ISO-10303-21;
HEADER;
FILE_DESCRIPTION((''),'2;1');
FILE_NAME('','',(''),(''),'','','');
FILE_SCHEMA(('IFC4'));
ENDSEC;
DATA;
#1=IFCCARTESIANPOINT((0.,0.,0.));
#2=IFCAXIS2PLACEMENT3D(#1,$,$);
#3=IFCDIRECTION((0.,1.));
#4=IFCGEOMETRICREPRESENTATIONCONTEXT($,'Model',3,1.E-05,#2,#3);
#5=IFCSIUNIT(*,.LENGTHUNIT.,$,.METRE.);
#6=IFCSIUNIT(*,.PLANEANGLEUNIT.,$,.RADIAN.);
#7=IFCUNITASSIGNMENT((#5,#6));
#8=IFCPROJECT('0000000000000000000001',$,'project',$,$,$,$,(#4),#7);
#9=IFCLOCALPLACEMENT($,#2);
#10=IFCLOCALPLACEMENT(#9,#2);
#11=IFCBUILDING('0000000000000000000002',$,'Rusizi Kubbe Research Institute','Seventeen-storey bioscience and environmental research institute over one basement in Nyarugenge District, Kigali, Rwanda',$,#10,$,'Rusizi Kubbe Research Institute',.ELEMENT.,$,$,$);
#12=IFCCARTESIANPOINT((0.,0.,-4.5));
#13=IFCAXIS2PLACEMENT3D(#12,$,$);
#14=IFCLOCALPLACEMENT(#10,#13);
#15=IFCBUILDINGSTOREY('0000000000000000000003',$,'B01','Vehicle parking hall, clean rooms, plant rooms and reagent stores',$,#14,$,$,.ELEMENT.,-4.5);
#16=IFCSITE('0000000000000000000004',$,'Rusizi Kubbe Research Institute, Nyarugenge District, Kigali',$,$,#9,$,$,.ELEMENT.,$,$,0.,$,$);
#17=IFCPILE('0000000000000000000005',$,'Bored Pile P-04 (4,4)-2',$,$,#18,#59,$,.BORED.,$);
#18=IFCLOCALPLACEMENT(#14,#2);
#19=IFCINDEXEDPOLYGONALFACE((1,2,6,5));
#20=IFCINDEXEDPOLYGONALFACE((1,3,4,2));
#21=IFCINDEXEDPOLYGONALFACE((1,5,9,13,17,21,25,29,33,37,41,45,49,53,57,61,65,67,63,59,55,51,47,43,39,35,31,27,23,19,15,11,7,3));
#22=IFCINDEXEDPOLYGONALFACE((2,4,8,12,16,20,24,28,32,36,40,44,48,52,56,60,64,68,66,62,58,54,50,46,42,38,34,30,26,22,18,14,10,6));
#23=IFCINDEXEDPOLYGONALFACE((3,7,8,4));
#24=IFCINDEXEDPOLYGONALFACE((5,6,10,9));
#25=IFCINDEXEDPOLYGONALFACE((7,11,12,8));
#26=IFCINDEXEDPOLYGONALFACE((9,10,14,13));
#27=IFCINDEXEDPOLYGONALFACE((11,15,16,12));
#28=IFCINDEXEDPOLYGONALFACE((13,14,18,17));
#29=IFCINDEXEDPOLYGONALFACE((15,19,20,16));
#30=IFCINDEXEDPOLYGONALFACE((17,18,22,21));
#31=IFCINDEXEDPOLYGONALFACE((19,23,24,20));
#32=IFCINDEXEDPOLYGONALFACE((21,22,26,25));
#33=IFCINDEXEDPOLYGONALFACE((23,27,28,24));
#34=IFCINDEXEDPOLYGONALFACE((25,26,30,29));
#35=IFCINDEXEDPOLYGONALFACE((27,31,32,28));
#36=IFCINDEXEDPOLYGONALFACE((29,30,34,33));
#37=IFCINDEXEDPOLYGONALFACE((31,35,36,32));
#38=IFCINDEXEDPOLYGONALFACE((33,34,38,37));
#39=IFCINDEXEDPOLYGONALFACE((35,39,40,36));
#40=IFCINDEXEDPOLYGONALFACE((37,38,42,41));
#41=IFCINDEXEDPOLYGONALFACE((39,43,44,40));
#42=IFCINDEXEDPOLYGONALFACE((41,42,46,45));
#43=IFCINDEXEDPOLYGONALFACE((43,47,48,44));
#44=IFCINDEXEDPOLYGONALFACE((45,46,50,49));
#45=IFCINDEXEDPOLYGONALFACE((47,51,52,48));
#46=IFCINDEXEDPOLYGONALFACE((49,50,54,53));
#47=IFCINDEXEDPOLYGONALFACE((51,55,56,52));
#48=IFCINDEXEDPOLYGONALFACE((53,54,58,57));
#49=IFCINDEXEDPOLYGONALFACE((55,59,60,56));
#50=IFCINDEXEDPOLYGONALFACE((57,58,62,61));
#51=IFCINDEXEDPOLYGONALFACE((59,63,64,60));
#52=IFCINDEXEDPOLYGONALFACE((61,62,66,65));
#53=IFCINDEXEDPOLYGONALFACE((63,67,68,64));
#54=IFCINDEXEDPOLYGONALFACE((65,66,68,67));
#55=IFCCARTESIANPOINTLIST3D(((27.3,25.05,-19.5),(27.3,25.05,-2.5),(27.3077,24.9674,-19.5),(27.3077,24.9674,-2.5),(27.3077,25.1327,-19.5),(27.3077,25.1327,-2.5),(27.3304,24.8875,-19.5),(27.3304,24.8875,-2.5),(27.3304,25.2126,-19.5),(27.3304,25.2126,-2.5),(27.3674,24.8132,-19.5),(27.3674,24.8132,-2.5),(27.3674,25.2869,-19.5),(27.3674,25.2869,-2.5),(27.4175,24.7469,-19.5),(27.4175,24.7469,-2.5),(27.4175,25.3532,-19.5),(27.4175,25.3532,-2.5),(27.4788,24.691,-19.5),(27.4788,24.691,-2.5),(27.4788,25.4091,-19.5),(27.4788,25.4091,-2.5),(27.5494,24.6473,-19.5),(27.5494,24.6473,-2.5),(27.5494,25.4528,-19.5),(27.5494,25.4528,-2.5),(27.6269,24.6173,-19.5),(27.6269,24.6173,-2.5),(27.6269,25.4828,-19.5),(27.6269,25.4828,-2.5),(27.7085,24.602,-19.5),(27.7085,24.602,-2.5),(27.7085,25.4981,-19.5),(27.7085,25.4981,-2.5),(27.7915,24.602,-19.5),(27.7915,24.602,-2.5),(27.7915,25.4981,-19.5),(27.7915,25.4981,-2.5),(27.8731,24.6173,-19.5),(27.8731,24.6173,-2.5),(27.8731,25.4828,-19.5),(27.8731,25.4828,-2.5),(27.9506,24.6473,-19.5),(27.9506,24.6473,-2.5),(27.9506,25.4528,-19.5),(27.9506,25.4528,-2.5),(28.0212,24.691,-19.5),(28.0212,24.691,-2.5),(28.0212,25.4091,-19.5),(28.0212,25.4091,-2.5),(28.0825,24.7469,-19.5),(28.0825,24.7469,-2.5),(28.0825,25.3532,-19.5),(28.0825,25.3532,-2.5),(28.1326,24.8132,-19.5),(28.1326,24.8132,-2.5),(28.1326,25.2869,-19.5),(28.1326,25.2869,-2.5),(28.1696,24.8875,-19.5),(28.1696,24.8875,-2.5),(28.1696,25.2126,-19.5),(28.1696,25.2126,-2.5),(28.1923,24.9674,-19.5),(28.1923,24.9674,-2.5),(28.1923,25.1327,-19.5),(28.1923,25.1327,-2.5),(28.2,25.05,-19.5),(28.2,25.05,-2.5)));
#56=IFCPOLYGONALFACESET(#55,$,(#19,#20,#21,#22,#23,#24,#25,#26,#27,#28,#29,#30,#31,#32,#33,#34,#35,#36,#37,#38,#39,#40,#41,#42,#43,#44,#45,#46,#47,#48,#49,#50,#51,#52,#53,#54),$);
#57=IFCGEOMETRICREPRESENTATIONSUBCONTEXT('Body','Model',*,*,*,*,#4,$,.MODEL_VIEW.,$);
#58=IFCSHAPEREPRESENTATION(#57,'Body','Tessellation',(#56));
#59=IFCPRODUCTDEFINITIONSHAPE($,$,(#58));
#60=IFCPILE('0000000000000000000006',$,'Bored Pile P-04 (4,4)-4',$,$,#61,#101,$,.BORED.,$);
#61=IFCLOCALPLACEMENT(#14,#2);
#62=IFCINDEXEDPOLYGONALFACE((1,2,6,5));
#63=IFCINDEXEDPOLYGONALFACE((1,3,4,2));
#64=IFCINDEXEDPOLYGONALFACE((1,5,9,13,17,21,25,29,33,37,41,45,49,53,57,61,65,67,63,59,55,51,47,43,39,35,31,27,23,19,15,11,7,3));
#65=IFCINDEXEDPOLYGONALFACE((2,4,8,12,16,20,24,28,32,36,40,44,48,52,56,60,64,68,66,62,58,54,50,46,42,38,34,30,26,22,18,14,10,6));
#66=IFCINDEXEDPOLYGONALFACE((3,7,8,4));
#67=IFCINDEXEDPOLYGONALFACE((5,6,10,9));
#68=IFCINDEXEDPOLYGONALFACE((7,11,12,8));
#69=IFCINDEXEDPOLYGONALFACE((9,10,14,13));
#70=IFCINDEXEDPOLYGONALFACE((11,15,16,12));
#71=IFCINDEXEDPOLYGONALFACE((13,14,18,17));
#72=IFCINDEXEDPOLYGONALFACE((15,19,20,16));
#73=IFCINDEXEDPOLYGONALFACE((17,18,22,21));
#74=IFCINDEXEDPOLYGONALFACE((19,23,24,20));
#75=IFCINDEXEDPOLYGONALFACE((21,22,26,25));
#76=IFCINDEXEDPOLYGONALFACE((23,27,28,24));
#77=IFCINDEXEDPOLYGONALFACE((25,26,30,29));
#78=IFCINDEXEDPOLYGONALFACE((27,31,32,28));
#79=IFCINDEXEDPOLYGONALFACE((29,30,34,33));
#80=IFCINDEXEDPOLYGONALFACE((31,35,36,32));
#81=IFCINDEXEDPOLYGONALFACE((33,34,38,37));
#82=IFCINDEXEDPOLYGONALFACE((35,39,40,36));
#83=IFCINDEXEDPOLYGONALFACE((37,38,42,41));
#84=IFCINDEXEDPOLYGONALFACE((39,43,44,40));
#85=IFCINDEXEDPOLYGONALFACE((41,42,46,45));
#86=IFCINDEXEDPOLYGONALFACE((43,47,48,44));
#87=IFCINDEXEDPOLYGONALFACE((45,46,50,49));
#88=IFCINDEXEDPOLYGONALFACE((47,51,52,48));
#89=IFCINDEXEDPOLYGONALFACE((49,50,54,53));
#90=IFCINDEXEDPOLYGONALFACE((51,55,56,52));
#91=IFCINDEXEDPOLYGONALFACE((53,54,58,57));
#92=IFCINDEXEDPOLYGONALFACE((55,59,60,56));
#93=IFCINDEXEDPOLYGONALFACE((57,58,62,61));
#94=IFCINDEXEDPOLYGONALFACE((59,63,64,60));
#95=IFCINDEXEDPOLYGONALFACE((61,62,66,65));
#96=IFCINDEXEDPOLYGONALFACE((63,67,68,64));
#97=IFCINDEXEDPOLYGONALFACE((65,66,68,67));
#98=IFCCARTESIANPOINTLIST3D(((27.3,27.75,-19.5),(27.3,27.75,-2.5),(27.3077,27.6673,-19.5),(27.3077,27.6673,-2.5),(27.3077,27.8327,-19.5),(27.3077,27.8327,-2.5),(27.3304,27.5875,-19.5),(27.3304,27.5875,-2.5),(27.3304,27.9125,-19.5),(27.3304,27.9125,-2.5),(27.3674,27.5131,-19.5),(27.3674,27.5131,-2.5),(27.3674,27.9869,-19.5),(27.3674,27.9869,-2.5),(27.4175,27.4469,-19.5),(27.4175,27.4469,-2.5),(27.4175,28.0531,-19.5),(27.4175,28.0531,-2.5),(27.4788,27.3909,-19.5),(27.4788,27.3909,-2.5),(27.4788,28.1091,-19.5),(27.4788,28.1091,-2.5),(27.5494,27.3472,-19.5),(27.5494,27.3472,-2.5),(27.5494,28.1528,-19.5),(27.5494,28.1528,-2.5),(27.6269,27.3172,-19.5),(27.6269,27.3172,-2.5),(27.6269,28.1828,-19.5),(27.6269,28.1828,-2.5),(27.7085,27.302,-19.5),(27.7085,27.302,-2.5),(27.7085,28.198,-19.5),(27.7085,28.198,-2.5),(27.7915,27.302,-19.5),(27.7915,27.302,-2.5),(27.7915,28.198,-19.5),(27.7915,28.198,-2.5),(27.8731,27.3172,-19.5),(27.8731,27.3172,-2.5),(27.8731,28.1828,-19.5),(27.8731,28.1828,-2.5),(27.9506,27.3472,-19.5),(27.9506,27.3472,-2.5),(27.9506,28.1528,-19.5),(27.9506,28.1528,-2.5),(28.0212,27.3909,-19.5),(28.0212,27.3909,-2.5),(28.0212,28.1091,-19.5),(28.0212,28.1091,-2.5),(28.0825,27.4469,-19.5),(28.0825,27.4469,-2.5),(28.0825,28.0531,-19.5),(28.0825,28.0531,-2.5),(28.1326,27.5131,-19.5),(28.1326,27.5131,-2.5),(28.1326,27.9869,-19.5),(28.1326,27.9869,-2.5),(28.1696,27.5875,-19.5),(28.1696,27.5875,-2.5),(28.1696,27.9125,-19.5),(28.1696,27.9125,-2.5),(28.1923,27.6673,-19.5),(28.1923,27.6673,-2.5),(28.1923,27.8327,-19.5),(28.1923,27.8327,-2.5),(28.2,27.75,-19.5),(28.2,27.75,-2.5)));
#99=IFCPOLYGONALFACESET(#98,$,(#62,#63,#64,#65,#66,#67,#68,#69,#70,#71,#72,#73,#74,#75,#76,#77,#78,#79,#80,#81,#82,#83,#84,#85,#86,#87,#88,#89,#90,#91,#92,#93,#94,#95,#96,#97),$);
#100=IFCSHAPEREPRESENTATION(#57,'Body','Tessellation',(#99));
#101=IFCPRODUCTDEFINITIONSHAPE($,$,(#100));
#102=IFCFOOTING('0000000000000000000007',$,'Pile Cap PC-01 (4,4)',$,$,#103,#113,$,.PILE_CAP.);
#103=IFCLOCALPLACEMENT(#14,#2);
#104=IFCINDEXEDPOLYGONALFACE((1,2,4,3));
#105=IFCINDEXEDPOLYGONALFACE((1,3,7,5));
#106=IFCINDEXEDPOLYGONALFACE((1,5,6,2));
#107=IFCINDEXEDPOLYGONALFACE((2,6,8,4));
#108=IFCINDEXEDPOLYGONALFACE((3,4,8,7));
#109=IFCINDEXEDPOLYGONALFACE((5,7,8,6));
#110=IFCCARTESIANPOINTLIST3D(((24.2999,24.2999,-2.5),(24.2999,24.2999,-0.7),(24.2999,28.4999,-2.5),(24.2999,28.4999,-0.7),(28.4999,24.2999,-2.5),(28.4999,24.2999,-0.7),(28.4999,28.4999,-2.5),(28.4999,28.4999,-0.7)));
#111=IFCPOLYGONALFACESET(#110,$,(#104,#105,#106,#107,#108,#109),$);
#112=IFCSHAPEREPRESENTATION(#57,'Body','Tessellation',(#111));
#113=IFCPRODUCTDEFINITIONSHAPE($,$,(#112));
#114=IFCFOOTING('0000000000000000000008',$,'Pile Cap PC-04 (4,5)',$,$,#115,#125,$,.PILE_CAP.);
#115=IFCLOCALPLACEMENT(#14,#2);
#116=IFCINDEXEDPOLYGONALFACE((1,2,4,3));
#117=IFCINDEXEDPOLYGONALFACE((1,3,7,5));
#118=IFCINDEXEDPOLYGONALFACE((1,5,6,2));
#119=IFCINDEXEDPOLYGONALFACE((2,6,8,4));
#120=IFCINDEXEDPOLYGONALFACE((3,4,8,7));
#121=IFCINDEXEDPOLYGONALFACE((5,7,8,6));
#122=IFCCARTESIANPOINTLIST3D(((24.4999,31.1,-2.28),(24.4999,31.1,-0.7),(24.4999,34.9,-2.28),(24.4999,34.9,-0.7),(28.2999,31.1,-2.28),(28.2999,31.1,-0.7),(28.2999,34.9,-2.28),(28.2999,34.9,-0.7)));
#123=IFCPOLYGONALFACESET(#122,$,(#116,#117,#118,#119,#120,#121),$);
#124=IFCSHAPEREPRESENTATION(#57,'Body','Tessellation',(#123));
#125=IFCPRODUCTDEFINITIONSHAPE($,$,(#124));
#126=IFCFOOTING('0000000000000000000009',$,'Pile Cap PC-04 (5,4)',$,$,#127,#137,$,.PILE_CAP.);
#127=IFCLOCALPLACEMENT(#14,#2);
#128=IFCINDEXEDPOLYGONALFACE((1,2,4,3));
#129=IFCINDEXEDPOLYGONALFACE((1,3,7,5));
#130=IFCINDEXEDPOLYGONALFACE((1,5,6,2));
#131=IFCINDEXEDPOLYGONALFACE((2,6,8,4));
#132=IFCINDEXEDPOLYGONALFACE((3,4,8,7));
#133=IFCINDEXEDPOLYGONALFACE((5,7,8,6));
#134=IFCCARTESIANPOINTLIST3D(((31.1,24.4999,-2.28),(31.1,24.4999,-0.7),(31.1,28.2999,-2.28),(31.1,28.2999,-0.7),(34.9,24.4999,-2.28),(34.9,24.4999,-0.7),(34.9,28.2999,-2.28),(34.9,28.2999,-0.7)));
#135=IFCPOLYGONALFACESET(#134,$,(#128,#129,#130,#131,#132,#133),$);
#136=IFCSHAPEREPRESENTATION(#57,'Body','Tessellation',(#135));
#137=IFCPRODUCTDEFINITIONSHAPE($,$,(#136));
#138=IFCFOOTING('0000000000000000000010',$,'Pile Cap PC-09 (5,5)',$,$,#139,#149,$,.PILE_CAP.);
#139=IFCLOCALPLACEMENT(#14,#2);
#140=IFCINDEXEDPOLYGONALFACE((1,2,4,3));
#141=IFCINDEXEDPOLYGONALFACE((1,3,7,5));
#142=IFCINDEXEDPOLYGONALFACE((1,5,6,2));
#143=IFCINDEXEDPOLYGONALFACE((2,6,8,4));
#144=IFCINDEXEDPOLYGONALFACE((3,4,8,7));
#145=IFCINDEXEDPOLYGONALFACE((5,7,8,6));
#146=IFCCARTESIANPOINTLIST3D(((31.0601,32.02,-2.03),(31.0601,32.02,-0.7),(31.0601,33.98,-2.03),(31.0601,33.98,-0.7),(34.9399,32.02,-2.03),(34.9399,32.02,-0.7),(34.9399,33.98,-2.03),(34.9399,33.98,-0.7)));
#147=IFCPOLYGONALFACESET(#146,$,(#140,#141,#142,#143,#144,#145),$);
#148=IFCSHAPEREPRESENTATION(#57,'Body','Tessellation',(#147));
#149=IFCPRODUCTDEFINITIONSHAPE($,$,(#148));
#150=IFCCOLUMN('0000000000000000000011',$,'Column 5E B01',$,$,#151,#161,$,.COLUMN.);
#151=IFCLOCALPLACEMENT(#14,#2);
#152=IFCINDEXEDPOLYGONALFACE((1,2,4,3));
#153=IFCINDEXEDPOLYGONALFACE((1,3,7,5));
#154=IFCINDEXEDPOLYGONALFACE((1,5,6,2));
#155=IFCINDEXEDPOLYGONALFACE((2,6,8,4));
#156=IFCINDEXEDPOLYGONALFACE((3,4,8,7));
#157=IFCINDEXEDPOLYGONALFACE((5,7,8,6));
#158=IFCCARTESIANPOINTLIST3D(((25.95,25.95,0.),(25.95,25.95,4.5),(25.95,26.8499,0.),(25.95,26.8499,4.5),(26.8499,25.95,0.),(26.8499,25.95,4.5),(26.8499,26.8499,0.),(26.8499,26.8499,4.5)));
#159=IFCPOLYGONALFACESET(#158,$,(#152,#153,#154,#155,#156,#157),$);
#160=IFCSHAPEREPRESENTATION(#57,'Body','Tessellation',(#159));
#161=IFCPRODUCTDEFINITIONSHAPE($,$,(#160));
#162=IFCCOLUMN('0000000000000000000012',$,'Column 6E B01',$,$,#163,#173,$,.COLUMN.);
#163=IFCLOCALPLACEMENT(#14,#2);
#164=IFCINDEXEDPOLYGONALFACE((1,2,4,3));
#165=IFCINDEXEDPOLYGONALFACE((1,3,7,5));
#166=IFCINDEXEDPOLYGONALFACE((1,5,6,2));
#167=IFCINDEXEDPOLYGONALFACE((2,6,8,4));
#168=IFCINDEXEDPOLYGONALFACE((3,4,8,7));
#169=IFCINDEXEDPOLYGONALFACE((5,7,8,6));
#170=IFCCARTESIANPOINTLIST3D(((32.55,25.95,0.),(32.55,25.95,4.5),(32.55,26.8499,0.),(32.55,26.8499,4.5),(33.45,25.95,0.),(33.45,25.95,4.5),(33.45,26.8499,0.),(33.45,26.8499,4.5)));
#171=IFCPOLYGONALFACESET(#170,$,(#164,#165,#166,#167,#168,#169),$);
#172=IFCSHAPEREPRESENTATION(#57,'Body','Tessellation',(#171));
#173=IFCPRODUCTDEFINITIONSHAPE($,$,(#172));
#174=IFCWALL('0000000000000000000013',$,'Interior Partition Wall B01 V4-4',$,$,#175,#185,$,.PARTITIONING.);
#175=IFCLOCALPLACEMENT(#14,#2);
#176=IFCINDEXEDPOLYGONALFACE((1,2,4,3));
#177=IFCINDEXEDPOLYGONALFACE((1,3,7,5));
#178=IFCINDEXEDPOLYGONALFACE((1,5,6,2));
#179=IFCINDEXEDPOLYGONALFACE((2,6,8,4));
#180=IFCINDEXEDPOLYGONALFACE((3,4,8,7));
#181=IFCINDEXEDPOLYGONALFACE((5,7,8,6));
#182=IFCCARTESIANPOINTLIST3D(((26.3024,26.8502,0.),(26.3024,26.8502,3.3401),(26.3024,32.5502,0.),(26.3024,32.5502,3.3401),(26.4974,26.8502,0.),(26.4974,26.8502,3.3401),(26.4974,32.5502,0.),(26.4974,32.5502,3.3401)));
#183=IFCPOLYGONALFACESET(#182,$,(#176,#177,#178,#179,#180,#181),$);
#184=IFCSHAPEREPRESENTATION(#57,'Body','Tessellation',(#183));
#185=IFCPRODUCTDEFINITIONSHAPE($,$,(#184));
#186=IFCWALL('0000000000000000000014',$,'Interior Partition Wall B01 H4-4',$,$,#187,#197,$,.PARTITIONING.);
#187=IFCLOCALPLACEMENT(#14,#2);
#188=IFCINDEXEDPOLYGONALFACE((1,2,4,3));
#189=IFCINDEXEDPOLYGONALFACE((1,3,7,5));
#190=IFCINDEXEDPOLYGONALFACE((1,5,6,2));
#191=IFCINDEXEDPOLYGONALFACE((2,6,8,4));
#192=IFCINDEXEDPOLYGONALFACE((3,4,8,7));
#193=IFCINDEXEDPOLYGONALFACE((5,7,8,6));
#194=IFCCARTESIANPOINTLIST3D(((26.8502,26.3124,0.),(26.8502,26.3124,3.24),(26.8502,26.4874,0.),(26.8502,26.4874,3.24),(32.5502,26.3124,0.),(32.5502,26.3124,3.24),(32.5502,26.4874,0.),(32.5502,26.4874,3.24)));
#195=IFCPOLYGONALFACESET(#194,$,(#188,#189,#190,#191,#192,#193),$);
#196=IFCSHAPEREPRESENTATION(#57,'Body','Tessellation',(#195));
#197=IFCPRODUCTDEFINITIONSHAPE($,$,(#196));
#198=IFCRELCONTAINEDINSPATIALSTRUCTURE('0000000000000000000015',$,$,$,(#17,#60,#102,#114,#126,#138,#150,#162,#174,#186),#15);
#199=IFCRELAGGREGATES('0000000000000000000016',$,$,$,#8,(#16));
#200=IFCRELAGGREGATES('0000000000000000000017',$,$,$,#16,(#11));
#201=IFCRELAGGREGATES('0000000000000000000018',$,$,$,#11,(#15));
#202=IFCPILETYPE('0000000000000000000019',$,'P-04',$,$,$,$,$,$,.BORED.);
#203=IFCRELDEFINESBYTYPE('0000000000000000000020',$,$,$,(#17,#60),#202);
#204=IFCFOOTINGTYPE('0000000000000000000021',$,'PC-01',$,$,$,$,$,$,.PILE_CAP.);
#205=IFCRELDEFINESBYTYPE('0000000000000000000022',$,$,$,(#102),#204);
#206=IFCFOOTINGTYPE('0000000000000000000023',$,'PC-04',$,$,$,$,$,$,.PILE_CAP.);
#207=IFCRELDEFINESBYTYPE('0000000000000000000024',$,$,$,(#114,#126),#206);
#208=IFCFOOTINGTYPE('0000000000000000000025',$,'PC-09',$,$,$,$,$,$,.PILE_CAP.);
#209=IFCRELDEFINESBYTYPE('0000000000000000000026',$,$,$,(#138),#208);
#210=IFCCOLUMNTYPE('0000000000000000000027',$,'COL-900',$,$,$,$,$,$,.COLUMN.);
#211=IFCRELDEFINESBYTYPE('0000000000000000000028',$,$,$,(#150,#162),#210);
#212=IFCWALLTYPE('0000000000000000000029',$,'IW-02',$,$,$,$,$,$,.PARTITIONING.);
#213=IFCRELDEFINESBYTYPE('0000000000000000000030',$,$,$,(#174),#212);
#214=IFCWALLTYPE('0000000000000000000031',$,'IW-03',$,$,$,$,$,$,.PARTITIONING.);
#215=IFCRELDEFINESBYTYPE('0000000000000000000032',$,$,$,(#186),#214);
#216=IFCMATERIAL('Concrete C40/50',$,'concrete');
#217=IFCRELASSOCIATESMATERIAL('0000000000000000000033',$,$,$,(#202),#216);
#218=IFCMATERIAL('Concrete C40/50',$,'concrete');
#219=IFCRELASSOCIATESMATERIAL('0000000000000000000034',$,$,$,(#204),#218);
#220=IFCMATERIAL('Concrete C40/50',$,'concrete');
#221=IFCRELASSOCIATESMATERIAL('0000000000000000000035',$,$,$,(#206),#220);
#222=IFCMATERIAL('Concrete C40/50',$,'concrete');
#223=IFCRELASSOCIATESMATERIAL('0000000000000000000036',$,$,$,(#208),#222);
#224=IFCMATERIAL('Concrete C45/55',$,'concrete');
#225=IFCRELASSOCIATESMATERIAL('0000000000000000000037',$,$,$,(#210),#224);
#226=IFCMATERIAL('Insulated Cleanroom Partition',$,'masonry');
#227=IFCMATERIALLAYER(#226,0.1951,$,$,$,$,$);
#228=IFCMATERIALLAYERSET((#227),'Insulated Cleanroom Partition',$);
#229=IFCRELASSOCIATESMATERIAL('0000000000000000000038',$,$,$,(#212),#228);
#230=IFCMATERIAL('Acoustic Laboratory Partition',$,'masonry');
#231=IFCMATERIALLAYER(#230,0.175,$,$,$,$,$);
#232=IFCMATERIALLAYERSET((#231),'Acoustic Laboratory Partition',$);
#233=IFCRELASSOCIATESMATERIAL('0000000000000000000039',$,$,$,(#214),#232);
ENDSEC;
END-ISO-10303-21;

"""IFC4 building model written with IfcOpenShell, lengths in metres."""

from ifc_helpers import new_model, si_unit, direction, frame, frame_2d, origin, origin_2d, place, context, subcontext, project, spatial, rectangle, circle, extrude, material, layer, layer_set, material_profile, profile_set, type_object, element, save


model = new_model("IFC4")

# Units and contexts
model_context = context("Model", 3, precision=1e-05, world=origin(), true_north=direction((0.0, 1.0)))
body_context = subcontext(model_context, "Body", "Model", "MODEL_VIEW")
ifc_project = project(units=[si_unit("LENGTHUNIT", "METRE"), si_unit("PLANEANGLEUNIT", "RADIAN")], contexts=[model_context])

# Site, building, storey
site_placement = place(None, origin())
site = spatial("IfcSite", under=ifc_project, at=site_placement, Name="Rusizi Kubbe Research Institute, Nyarugenge District, Kigali", CompositionType="ELEMENT", RefElevation=0.0)
building_placement = place(site_placement, origin())
building = spatial("IfcBuilding", under=site, at=building_placement, Name="Rusizi Kubbe Research Institute", Description="Seventeen-storey bioscience and environmental research institute over one basement in Nyarugenge District, Kigali, Rwanda", LongName="Rusizi Kubbe Research Institute", CompositionType="ELEMENT")
storey_placement = place(building_placement, frame((0.0, 0.0, -4.5)))
storey = spatial("IfcBuildingStorey", under=building, at=storey_placement, Name="B01", Description="Vehicle parking hall, clean rooms, plant rooms and reagent stores", CompositionType="ELEMENT", Elevation=-4.5)

# Piles
ifc_material_1 = material(Name="Concrete C40/50", Category="concrete")
ifc_material_profile_1 = material_profile(ifc_material_1, circle(Radius=0.45, at=origin_2d()), Name="PILE-D900")
ifc_profile_set_1 = profile_set([ifc_material_profile_1], Name="Concrete C40/50")
pile_type_1 = type_object("IfcPileType", Name="P-04", PredefinedType="BORED", material=ifc_profile_set_1)
for number, where, z_axis, x_axis, name in (
    (1, (27.75, 25.05, -2.5), (0.0, 0.0, -1.0), (1.0, 0.0, 0.0), "Bored Pile P-04 (4,4)-2"),
    (2, (27.75, 27.75, -2.5), (0.0, 0.0, -1.0), (1.0, 0.0, 0.0), "Bored Pile P-04 (4,4)-4"),
):
    element("IfcPile", number, at=place(storey_placement, frame(where, z_axis=z_axis, x_axis=x_axis)), inside=storey, type_object=pile_type_1, Name=name, PredefinedType="BORED", context=body_context, shape_type="SweptSolid", body=[
        extrude(circle(Radius=0.45, at=origin_2d()), origin(), (0.0, 0.0, 1.0), 17.0),
    ])

# Footings
ifc_material_2 = material(Name="Concrete C40/50", Category="concrete")
footing_type_1 = type_object("IfcFootingType", Name="PC-01", PredefinedType="PILE_CAP", material=ifc_material_2)
footing_1_placement = place(storey_placement, frame((26.3999, 26.3999, -2.5), z_axis=(0.0, 0.0, 1.0), x_axis=(1.0, 0.0, 0.0)))
element("IfcFooting", 3, at=footing_1_placement, inside=storey, type_object=footing_type_1, Name="Pile Cap PC-01 (4,4)", PredefinedType="PILE_CAP", context=body_context, shape_type="SweptSolid", body=[
    extrude(rectangle(XDim=4.2, YDim=4.2, at=origin_2d()), origin(), (0.0, 0.0, 1.0), 1.8),
])
ifc_material_3 = material(Name="Concrete C40/50", Category="concrete")
footing_type_2 = type_object("IfcFootingType", Name="PC-04", PredefinedType="PILE_CAP", material=ifc_material_3)
for number, where, z_axis, x_axis, name in (
    (4, (26.3999, 33.0, -2.28), (0.0, 0.0, 1.0), (1.0, 0.0, 0.0), "Pile Cap PC-04 (4,5)"),
    (5, (33.0, 26.3999, -2.28), (0.0, 0.0, 1.0), (1.0, 0.0, 0.0), "Pile Cap PC-04 (5,4)"),
):
    element("IfcFooting", number, at=place(storey_placement, frame(where, z_axis=z_axis, x_axis=x_axis)), inside=storey, type_object=footing_type_2, Name=name, PredefinedType="PILE_CAP", context=body_context, shape_type="SweptSolid", body=[
        extrude(rectangle(XDim=3.8, YDim=3.8, at=origin_2d()), origin(), (0.0, 0.0, 1.0), 1.5801),
    ])
ifc_material_4 = material(Name="Concrete C40/50", Category="concrete")
footing_type_3 = type_object("IfcFootingType", Name="PC-09", PredefinedType="PILE_CAP", material=ifc_material_4)
footing_2_placement = place(storey_placement, frame((33.0, 33.0, -2.03), z_axis=(0.0, 0.0, 1.0), x_axis=(1.0, 0.0, 0.0)))
element("IfcFooting", 6, at=footing_2_placement, inside=storey, type_object=footing_type_3, Name="Pile Cap PC-09 (5,5)", PredefinedType="PILE_CAP", context=body_context, shape_type="SweptSolid", body=[
    extrude(rectangle(XDim=3.8799, YDim=1.96, at=origin_2d()), origin(), (0.0, 0.0, 1.0), 1.3301),
])

# Columns
ifc_material_5 = material(Name="Concrete C45/55", Category="concrete")
ifc_material_profile_2 = material_profile(ifc_material_5, rectangle(XDim=0.8999, YDim=0.8999, at=origin_2d()), Name="RC900x900")
ifc_profile_set_2 = profile_set([ifc_material_profile_2], Name="Concrete C45/55")
column_type = type_object("IfcColumnType", Name="COL-900", PredefinedType="COLUMN", material=ifc_profile_set_2)
for number, where, z_axis, x_axis, name in (
    (7, (26.3999, 26.3999, 0.0), (0.0, 0.0, 1.0), (1.0, 0.0, 0.0), "Column 5E B01"),
    (8, (33.0, 26.3999, 0.0), (0.0, 0.0, 1.0), (1.0, 0.0, 0.0), "Column 6E B01"),
):
    element("IfcColumn", number, at=place(storey_placement, frame(where, z_axis=z_axis, x_axis=x_axis)), inside=storey, type_object=column_type, Name=name, PredefinedType="COLUMN", context=body_context, shape_type="SweptSolid", body=[
        extrude(rectangle(XDim=0.8999, YDim=0.8999, at=origin_2d()), origin(), (0.0, 0.0, 1.0), 4.5),
    ])

# Walls
ifc_material_6 = material(Name="Insulated Cleanroom Partition", Category="masonry")
ifc_layer_1 = layer(ifc_material_6, 0.1951)
ifc_layer_set_1 = layer_set([ifc_layer_1], Name="Insulated Cleanroom Partition")
wall_type_1 = type_object("IfcWallType", Name="IW-02", PredefinedType="PARTITIONING", material=ifc_layer_set_1)
wall_1_placement = place(storey_placement, frame((26.3999, 26.8501, 0.0), z_axis=(0.0, 0.0, 1.0), x_axis=(0.0, 1.0, 0.0)))
element("IfcWall", 9, at=wall_1_placement, inside=storey, type_object=wall_type_1, Name="Interior Partition Wall B01 V4-4", PredefinedType="PARTITIONING", context=body_context, shape_type="SweptSolid", body=[
    extrude(rectangle(XDim=5.7, YDim=0.1951, at=frame_2d((2.8501, 0.0))), origin(), (0.0, 0.0, 1.0), 3.3401),
])
ifc_material_7 = material(Name="Acoustic Laboratory Partition", Category="masonry")
ifc_layer_2 = layer(ifc_material_7, 0.175)
ifc_layer_set_2 = layer_set([ifc_layer_2], Name="Acoustic Laboratory Partition")
wall_type_2 = type_object("IfcWallType", Name="IW-03", PredefinedType="PARTITIONING", material=ifc_layer_set_2)
wall_2_placement = place(storey_placement, frame((26.8501, 26.3999, 0.0), z_axis=(0.0, 0.0, 1.0), x_axis=(1.0, 0.0, 0.0)))
element("IfcWall", 10, at=wall_2_placement, inside=storey, type_object=wall_type_2, Name="Interior Partition Wall B01 H4-4", PredefinedType="PARTITIONING", context=body_context, shape_type="SweptSolid", body=[
    extrude(rectangle(XDim=5.7, YDim=0.175, at=frame_2d((2.8501, 0.0))), origin(), (0.0, 0.0, 1.0), 3.24),
])

save(model, "model.ifc")
